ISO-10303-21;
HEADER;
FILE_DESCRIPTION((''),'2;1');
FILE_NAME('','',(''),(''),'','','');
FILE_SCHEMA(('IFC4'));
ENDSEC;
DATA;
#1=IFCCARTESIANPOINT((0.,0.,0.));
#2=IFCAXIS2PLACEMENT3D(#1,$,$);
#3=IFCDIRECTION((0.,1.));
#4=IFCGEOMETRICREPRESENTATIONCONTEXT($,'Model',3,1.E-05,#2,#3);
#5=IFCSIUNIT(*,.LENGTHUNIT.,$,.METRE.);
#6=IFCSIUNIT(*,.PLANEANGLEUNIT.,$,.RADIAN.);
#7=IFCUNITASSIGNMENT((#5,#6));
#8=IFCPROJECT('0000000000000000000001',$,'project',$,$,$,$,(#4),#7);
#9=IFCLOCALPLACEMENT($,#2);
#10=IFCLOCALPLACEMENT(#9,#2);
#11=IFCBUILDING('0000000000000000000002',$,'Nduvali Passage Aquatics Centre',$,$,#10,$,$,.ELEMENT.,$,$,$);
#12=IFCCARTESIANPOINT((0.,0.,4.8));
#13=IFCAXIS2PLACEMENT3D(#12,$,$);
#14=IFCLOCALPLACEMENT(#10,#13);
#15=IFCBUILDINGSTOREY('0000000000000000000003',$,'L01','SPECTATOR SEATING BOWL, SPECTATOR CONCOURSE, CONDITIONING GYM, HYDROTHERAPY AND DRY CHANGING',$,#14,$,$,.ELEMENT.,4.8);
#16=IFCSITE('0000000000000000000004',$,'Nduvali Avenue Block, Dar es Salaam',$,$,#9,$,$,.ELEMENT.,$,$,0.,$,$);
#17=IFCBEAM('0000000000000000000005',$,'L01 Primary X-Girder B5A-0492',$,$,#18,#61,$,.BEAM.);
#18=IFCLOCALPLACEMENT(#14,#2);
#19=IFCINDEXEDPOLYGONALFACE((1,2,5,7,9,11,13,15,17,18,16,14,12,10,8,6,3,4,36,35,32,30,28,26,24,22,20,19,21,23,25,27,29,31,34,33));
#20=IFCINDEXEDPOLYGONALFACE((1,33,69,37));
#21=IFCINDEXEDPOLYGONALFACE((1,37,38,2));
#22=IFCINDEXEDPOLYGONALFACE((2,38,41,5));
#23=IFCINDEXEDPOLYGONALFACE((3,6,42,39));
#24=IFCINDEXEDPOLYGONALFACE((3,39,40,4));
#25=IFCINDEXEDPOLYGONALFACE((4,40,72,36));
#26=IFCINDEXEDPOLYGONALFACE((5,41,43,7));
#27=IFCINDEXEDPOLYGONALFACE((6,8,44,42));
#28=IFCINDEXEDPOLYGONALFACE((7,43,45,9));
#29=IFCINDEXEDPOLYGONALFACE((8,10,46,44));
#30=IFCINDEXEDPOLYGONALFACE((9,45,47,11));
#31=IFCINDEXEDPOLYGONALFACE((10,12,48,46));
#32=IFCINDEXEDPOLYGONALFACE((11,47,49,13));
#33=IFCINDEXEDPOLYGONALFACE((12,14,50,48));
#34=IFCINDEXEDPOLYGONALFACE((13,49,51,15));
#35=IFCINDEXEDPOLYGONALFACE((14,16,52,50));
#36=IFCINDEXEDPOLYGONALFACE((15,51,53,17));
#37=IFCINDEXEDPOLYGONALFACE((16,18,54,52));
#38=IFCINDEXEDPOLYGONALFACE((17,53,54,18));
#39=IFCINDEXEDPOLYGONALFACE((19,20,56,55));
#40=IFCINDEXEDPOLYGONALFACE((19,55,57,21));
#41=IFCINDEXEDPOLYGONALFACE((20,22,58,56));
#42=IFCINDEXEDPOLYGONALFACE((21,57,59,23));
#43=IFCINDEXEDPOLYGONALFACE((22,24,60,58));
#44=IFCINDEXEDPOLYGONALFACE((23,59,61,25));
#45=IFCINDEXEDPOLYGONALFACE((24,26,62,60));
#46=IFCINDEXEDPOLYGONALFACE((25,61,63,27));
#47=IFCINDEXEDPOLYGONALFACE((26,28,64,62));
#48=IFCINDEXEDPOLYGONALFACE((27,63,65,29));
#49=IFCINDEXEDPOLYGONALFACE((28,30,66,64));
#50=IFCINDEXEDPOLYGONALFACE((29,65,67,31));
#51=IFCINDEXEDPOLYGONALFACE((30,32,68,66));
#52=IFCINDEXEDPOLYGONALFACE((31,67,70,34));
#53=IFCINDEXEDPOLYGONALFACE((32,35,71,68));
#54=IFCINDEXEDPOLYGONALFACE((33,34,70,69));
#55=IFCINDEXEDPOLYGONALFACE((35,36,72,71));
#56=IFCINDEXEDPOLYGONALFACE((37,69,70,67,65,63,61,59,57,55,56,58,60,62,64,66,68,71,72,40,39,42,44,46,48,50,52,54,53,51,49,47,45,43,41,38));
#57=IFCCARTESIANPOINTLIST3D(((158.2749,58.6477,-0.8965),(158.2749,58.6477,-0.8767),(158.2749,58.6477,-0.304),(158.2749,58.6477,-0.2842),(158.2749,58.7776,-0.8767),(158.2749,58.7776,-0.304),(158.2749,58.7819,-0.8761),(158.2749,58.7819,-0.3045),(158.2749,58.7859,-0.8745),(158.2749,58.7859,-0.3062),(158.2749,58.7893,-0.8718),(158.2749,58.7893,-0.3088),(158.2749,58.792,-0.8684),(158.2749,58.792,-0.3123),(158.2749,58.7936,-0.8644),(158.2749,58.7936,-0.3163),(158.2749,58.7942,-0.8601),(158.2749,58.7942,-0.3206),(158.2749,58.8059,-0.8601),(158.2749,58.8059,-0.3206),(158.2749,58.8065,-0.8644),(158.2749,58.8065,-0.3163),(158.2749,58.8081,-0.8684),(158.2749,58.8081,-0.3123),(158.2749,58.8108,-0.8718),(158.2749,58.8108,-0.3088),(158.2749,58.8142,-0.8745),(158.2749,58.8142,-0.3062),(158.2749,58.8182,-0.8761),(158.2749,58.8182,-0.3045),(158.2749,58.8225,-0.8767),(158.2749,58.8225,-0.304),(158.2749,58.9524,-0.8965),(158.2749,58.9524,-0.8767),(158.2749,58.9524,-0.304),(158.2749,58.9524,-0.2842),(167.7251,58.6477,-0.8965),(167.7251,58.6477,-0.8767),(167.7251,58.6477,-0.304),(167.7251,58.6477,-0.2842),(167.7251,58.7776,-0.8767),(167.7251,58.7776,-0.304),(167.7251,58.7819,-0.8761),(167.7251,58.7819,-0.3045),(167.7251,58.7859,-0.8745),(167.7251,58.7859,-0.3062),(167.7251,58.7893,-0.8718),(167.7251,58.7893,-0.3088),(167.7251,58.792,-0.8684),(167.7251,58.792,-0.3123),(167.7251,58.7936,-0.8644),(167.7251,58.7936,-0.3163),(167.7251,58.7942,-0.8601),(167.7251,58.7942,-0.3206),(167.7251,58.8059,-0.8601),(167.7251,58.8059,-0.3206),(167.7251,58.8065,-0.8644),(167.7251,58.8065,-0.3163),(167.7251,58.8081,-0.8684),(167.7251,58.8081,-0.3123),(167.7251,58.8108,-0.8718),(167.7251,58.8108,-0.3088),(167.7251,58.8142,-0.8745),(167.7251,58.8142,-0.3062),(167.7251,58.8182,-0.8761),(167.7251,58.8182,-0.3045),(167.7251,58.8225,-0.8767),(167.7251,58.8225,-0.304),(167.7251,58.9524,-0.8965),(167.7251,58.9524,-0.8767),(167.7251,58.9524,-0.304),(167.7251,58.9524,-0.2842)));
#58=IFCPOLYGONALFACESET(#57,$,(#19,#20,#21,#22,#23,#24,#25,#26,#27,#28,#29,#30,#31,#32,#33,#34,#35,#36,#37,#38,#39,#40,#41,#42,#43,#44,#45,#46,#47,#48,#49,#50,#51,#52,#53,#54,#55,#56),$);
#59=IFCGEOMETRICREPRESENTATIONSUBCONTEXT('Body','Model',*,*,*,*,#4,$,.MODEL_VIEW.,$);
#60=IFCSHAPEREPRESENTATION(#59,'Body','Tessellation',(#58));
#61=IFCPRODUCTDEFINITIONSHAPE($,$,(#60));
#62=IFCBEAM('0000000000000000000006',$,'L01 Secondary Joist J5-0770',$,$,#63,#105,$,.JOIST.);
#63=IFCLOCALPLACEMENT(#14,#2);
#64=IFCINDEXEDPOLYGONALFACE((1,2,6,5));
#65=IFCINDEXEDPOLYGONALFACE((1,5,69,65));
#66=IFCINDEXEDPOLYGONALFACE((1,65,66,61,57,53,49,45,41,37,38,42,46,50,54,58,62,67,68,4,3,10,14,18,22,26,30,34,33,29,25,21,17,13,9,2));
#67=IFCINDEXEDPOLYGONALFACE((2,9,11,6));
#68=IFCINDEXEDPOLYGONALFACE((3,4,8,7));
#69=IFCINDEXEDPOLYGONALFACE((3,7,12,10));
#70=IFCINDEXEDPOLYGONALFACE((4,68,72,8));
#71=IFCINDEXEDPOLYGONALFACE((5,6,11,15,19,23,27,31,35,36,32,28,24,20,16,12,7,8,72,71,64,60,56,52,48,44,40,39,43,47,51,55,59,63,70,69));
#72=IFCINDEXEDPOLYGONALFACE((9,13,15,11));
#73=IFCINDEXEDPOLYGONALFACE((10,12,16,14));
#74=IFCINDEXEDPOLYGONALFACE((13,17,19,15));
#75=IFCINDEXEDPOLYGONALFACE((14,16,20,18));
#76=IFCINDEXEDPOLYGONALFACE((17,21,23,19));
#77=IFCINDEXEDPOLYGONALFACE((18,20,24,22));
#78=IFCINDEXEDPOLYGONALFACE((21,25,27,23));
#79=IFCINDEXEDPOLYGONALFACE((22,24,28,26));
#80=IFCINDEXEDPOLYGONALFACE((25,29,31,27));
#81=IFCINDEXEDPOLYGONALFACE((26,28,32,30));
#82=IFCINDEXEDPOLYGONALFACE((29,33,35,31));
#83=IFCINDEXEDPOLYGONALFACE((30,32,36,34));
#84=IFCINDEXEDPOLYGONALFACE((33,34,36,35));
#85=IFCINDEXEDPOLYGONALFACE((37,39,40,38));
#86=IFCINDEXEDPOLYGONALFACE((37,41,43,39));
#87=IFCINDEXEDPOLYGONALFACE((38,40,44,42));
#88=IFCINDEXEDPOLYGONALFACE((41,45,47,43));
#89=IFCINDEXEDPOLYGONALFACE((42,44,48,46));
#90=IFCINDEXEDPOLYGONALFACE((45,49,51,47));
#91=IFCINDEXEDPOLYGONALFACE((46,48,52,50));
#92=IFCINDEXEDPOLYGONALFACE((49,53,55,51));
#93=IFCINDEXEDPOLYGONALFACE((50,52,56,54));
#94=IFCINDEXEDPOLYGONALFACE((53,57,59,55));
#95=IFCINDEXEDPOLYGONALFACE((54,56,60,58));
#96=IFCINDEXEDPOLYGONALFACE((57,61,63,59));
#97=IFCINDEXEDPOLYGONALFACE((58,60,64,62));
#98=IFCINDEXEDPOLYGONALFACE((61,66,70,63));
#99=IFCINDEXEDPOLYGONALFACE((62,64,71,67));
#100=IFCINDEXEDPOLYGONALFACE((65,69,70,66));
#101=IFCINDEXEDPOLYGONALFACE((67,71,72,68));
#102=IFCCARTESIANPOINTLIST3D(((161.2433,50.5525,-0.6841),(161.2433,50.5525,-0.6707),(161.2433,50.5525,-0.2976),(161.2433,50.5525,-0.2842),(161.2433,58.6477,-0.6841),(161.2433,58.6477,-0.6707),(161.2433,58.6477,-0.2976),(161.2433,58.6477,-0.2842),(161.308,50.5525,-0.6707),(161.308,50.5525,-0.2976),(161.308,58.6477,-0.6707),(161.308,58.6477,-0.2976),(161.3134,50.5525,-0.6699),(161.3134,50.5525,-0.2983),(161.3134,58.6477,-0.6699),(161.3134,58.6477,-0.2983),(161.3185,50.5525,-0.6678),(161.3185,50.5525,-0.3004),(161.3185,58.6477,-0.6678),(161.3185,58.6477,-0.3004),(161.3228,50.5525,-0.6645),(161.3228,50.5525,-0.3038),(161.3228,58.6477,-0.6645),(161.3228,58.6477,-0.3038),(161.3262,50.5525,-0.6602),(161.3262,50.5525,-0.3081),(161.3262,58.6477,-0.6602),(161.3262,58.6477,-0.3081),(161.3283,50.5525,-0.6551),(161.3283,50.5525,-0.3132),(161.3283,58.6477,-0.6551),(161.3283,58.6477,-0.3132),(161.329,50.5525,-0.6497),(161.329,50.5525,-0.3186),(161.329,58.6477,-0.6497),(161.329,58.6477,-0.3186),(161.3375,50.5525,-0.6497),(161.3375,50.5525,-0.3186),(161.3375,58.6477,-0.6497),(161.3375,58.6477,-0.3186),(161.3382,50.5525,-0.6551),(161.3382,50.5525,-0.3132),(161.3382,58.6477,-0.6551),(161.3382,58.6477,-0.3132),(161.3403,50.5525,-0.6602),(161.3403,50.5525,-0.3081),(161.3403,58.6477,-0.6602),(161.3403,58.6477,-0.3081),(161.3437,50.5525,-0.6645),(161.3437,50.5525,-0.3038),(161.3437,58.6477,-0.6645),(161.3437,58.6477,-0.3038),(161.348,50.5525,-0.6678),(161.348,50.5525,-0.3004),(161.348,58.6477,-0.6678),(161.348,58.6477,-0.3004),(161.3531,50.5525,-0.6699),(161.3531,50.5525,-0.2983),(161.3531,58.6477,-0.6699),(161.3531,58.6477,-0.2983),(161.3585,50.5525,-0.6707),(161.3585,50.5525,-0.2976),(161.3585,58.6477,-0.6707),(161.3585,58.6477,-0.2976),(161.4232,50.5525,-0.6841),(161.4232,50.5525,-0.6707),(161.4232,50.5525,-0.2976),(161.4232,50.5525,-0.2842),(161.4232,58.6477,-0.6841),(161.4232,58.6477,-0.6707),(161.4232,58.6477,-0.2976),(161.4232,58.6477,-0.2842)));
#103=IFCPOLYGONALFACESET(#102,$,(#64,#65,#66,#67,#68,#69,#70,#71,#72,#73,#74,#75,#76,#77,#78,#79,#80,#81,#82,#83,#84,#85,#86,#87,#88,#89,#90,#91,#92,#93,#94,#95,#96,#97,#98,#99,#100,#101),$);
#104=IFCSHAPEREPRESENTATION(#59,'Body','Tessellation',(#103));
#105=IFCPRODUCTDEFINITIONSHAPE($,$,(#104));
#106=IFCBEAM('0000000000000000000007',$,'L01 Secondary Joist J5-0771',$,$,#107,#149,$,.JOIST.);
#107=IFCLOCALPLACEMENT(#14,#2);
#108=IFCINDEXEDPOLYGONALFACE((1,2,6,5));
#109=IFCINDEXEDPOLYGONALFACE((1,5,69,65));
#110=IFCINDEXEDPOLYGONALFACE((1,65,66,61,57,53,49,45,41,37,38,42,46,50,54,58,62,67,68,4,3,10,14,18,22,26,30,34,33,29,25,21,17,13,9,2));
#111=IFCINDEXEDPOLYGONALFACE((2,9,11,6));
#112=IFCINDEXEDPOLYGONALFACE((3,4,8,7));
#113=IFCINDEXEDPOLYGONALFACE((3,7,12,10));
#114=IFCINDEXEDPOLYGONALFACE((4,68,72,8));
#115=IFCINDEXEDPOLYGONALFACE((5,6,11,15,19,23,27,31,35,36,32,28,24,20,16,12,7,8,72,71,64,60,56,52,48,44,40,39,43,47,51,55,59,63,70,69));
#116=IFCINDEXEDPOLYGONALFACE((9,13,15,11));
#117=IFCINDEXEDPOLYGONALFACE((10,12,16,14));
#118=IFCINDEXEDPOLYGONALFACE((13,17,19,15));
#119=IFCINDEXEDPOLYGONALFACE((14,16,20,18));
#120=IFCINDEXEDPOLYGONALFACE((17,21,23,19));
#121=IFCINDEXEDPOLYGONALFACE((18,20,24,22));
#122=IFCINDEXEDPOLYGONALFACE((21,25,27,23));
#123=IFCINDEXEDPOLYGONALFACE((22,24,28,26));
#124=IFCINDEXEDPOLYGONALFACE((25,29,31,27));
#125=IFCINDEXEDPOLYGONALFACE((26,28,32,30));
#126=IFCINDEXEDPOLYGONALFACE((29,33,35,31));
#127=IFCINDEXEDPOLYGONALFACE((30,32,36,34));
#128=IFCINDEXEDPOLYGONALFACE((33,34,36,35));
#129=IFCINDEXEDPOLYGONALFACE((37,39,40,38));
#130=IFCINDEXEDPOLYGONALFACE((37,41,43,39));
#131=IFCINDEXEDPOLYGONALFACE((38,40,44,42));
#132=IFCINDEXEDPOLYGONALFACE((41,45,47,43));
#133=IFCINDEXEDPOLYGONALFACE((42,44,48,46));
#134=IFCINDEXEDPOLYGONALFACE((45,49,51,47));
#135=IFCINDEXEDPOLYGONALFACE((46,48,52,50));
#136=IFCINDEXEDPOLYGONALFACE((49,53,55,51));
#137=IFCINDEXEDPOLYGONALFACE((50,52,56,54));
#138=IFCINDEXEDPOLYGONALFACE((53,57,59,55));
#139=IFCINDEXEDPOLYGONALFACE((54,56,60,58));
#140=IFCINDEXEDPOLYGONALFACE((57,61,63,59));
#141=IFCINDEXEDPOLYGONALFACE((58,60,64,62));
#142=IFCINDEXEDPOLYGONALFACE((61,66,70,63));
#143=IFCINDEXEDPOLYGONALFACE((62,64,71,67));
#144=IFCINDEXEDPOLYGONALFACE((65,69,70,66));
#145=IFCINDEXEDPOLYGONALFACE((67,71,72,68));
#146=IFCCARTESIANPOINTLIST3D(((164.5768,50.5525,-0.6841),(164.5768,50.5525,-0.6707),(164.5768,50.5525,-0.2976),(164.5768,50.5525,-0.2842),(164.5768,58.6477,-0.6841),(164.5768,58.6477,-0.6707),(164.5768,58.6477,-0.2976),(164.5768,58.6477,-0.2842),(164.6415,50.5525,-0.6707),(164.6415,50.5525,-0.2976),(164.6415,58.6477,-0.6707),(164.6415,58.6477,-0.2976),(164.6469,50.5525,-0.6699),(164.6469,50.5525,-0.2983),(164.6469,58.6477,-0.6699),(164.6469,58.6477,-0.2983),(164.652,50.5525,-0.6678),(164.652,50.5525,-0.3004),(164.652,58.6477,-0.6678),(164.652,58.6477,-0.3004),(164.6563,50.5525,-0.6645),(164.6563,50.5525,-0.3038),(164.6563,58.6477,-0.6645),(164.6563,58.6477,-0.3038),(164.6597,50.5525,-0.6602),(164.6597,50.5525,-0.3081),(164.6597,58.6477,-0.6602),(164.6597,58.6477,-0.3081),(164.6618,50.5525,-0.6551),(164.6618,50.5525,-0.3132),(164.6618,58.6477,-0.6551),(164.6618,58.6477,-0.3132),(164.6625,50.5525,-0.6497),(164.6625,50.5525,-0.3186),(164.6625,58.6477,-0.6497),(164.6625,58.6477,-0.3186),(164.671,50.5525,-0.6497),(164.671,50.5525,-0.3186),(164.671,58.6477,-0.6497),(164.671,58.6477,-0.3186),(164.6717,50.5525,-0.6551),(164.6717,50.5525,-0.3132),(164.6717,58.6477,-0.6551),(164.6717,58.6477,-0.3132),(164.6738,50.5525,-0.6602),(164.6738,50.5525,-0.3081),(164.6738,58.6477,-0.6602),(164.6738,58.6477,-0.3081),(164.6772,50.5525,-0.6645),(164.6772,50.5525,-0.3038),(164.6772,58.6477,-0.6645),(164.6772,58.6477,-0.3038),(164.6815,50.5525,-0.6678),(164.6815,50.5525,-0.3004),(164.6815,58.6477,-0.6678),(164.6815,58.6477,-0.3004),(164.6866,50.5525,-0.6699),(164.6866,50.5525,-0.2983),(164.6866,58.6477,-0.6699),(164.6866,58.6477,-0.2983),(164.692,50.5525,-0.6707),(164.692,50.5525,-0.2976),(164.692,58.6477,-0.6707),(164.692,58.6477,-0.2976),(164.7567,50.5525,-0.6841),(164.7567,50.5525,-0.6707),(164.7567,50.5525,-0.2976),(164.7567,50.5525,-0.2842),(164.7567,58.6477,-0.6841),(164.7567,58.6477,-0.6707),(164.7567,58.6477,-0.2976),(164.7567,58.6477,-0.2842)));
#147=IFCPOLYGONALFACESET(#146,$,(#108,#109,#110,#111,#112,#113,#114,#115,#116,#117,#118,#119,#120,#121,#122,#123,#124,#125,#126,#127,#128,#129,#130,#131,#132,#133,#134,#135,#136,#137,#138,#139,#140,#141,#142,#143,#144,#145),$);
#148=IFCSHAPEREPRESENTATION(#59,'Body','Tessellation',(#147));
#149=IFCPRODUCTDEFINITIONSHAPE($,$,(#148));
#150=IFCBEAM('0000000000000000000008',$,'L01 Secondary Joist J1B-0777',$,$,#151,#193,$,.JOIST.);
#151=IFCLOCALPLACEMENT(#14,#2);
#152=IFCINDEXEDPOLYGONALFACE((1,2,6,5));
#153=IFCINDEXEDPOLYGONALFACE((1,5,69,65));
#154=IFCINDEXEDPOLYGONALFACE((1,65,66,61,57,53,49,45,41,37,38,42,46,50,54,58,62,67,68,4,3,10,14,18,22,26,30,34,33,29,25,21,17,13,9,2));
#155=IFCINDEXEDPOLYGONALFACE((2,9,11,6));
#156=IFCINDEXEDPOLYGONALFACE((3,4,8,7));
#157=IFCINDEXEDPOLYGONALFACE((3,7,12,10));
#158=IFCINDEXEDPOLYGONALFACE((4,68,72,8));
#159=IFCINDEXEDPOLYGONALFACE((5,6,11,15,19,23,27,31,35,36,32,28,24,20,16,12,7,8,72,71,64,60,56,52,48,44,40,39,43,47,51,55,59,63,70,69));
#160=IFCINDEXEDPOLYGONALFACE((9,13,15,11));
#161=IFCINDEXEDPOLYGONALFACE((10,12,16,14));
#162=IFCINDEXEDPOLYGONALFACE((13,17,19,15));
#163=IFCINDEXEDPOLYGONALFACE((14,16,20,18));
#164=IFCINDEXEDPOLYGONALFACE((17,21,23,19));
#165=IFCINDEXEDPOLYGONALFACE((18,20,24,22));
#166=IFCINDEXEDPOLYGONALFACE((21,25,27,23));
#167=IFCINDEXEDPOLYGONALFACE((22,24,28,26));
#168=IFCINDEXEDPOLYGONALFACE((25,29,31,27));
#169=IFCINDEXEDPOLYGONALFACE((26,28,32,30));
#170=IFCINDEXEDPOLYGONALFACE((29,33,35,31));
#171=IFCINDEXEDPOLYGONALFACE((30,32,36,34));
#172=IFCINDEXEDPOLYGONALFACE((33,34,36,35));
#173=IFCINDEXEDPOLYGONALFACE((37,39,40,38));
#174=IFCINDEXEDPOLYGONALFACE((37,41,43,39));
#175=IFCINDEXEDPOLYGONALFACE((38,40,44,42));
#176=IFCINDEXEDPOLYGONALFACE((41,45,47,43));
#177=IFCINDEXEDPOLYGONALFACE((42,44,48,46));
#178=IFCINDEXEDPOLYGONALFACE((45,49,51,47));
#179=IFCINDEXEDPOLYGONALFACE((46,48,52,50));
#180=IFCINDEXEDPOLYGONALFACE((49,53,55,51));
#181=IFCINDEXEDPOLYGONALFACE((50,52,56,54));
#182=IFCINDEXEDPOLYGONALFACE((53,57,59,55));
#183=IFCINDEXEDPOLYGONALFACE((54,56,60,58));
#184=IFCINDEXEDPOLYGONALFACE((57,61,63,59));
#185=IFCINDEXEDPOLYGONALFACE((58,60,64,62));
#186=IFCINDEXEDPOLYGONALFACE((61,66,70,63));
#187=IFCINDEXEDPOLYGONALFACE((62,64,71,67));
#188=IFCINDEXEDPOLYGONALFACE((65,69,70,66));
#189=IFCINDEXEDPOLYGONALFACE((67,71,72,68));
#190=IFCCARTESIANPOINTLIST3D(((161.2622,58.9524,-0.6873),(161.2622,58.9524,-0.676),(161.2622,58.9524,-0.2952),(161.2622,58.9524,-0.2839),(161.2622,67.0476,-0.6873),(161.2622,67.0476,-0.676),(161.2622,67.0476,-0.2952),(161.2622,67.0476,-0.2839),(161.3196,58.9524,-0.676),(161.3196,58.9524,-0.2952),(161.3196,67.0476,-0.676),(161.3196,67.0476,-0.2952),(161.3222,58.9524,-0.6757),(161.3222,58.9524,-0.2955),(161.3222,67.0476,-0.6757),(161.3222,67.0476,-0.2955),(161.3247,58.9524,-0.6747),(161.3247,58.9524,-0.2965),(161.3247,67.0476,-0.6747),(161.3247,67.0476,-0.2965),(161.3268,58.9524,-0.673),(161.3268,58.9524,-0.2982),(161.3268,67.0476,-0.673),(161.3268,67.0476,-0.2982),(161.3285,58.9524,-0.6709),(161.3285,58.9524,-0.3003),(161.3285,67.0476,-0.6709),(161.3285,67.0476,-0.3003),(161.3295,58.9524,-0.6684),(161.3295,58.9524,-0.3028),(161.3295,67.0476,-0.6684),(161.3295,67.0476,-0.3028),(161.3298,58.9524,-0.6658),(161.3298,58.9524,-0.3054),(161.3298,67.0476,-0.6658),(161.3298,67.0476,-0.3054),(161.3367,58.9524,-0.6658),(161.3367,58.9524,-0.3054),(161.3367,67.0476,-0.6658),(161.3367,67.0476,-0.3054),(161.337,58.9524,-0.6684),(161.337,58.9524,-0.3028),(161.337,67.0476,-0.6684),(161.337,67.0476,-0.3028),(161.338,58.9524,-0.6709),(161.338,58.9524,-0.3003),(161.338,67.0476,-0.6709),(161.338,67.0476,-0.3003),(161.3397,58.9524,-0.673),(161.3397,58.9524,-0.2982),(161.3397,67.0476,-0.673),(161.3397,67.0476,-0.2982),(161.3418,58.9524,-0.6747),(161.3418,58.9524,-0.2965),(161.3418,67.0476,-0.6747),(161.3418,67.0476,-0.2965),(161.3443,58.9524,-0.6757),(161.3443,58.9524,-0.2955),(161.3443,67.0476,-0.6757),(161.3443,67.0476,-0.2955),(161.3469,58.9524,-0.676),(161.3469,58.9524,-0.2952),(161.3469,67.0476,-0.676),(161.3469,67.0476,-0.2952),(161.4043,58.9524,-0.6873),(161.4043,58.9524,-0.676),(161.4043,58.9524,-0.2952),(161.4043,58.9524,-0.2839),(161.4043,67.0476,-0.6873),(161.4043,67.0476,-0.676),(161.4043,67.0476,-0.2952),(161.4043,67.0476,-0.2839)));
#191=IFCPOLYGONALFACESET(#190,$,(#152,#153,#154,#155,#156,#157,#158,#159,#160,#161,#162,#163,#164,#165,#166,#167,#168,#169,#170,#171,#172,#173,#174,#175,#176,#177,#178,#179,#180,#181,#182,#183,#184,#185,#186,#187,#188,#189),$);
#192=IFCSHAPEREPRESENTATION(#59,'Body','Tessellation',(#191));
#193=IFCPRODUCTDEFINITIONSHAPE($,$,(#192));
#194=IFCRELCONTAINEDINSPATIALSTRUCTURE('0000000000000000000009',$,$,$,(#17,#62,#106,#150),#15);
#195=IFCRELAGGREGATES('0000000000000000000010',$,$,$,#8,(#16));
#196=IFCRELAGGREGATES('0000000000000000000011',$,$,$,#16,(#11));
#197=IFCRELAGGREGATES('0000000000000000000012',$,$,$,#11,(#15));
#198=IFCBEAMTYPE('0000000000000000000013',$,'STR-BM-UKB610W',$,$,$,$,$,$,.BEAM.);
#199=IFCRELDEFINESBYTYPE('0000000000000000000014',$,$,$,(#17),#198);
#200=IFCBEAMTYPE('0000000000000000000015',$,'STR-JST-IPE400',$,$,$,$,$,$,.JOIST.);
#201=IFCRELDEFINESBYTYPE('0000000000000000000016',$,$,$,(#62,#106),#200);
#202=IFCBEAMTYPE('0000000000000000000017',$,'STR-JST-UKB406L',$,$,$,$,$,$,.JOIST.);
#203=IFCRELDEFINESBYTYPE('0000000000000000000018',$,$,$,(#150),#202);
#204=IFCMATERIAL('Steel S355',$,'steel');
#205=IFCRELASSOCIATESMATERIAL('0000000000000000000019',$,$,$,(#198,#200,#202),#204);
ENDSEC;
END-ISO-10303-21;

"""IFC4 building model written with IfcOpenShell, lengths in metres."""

from ifc_helpers import new_model, si_unit, direction, frame, origin, origin_2d, place, context, subcontext, project, spatial, i_section, extrude, material, material_profile, profile_set, type_object, element, save


model = new_model("IFC4")

# Units and contexts
model_context = context("Model", 3, precision=1e-05, world=origin(), true_north=direction((0.0, 1.0)))
body_context = subcontext(model_context, "Body", "Model", "MODEL_VIEW")
ifc_project = project(units=[si_unit("LENGTHUNIT", "METRE"), si_unit("PLANEANGLEUNIT", "RADIAN")], contexts=[model_context])

# Site, building, storey
site_placement = place(None, origin())
site = spatial("IfcSite", under=ifc_project, at=site_placement, Name="Nduvali Avenue Block, Dar es Salaam", CompositionType="ELEMENT", RefElevation=0.0)
building_placement = place(site_placement, origin())
building = spatial("IfcBuilding", under=site, at=building_placement, Name="Nduvali Passage Aquatics Centre", CompositionType="ELEMENT")
storey_placement = place(building_placement, frame((0.0, 0.0, 4.8)))
storey = spatial("IfcBuildingStorey", under=building, at=storey_placement, Name="L01", Description="SPECTATOR SEATING BOWL, SPECTATOR CONCOURSE, CONDITIONING GYM, HYDROTHERAPY AND DRY CHANGING", CompositionType="ELEMENT", Elevation=4.8)

# Shared definitions
ifc_material_1 = material(Name="Steel S355", Category="steel")

# Beams
ifc_material_profile_1 = material_profile(ifc_material_1, i_section(OverallWidth=0.3047, OverallDepth=0.6123, WebThickness=0.0117, FlangeThickness=0.0198, FilletRadius=0.0166, at=origin_2d()), Name="UKB 610x305x149")
ifc_profile_set_1 = profile_set([ifc_material_profile_1], Name="Steel S355")
beam_type_1 = type_object("IfcBeamType", Name="STR-BM-UKB610W", PredefinedType="BEAM", material=ifc_profile_set_1)
for number, where, z_axis, x_axis, name in (
    (1, (158.2749, 58.8, -0.5903), (1.0, 0.0, 0.0), (0.0, 1.0, 0.0), "L01 Primary X-Girder B5A-0492"),
):
    element("IfcBeam", number, at=place(storey_placement, frame(where, z_axis=z_axis, x_axis=x_axis)), inside=storey, type_object=beam_type_1, Name=name, PredefinedType="BEAM", context=body_context, shape_type="SweptSolid", body=[
        extrude(i_section(OverallWidth=0.3047, OverallDepth=0.6123, WebThickness=0.0117, FlangeThickness=0.0198, FilletRadius=0.0166, at=origin_2d()), origin(), (0.0, 0.0, 1.0), 9.4502),
    ])
ifc_material_profile_2 = material_profile(ifc_material_1, i_section(OverallWidth=0.1799, OverallDepth=0.3999, WebThickness=0.0085, FlangeThickness=0.0134, FilletRadius=0.021, at=origin_2d()), Name="IPE 400")
ifc_profile_set_2 = profile_set([ifc_material_profile_2], Name="Steel S355")
beam_type_2 = type_object("IfcBeamType", Name="STR-JST-IPE400", PredefinedType="JOIST", material=ifc_profile_set_2)
for number, where, z_axis, x_axis, name in (
    (2, (161.3333, 50.5525, -0.4841), (0.0, 1.0, 0.0), (-1.0, 0.0, 0.0), "L01 Secondary Joist J5-0770"),
    (3, (164.6667, 50.5525, -0.4841), (0.0, 1.0, 0.0), (-1.0, 0.0, 0.0), "L01 Secondary Joist J5-0771"),
):
    element("IfcBeam", number, at=place(storey_placement, frame(where, z_axis=z_axis, x_axis=x_axis)), inside=storey, type_object=beam_type_2, Name=name, PredefinedType="JOIST", context=body_context, shape_type="SweptSolid", body=[
        extrude(i_section(OverallWidth=0.1799, OverallDepth=0.3999, WebThickness=0.0085, FlangeThickness=0.0134, FilletRadius=0.021, at=origin_2d()), origin(), (0.0, 0.0, 1.0), 8.0952),
    ])
ifc_material_profile_3 = material_profile(ifc_material_1, i_section(OverallWidth=0.1421, OverallDepth=0.4033, WebThickness=0.0068, FlangeThickness=0.0112, FilletRadius=0.0103, at=origin_2d()), Name="UKB 406x140x46")
ifc_profile_set_3 = profile_set([ifc_material_profile_3], Name="Steel S355")
beam_type_3 = type_object("IfcBeamType", Name="STR-JST-UKB406L", PredefinedType="JOIST", material=ifc_profile_set_3)
for number, where, z_axis, x_axis, name in (
    (4, (161.3333, 58.9524, -0.4856), (0.0, 1.0, 0.0), (-1.0, 0.0, 0.0), "L01 Secondary Joist J1B-0777"),
):
    element("IfcBeam", number, at=place(storey_placement, frame(where, z_axis=z_axis, x_axis=x_axis)), inside=storey, type_object=beam_type_3, Name=name, PredefinedType="JOIST", context=body_context, shape_type="SweptSolid", body=[
        extrude(i_section(OverallWidth=0.1421, OverallDepth=0.4033, WebThickness=0.0068, FlangeThickness=0.0112, FilletRadius=0.0103, at=origin_2d()), origin(), (0.0, 0.0, 1.0), 8.0952),
    ])

save(model, "model.ifc")
